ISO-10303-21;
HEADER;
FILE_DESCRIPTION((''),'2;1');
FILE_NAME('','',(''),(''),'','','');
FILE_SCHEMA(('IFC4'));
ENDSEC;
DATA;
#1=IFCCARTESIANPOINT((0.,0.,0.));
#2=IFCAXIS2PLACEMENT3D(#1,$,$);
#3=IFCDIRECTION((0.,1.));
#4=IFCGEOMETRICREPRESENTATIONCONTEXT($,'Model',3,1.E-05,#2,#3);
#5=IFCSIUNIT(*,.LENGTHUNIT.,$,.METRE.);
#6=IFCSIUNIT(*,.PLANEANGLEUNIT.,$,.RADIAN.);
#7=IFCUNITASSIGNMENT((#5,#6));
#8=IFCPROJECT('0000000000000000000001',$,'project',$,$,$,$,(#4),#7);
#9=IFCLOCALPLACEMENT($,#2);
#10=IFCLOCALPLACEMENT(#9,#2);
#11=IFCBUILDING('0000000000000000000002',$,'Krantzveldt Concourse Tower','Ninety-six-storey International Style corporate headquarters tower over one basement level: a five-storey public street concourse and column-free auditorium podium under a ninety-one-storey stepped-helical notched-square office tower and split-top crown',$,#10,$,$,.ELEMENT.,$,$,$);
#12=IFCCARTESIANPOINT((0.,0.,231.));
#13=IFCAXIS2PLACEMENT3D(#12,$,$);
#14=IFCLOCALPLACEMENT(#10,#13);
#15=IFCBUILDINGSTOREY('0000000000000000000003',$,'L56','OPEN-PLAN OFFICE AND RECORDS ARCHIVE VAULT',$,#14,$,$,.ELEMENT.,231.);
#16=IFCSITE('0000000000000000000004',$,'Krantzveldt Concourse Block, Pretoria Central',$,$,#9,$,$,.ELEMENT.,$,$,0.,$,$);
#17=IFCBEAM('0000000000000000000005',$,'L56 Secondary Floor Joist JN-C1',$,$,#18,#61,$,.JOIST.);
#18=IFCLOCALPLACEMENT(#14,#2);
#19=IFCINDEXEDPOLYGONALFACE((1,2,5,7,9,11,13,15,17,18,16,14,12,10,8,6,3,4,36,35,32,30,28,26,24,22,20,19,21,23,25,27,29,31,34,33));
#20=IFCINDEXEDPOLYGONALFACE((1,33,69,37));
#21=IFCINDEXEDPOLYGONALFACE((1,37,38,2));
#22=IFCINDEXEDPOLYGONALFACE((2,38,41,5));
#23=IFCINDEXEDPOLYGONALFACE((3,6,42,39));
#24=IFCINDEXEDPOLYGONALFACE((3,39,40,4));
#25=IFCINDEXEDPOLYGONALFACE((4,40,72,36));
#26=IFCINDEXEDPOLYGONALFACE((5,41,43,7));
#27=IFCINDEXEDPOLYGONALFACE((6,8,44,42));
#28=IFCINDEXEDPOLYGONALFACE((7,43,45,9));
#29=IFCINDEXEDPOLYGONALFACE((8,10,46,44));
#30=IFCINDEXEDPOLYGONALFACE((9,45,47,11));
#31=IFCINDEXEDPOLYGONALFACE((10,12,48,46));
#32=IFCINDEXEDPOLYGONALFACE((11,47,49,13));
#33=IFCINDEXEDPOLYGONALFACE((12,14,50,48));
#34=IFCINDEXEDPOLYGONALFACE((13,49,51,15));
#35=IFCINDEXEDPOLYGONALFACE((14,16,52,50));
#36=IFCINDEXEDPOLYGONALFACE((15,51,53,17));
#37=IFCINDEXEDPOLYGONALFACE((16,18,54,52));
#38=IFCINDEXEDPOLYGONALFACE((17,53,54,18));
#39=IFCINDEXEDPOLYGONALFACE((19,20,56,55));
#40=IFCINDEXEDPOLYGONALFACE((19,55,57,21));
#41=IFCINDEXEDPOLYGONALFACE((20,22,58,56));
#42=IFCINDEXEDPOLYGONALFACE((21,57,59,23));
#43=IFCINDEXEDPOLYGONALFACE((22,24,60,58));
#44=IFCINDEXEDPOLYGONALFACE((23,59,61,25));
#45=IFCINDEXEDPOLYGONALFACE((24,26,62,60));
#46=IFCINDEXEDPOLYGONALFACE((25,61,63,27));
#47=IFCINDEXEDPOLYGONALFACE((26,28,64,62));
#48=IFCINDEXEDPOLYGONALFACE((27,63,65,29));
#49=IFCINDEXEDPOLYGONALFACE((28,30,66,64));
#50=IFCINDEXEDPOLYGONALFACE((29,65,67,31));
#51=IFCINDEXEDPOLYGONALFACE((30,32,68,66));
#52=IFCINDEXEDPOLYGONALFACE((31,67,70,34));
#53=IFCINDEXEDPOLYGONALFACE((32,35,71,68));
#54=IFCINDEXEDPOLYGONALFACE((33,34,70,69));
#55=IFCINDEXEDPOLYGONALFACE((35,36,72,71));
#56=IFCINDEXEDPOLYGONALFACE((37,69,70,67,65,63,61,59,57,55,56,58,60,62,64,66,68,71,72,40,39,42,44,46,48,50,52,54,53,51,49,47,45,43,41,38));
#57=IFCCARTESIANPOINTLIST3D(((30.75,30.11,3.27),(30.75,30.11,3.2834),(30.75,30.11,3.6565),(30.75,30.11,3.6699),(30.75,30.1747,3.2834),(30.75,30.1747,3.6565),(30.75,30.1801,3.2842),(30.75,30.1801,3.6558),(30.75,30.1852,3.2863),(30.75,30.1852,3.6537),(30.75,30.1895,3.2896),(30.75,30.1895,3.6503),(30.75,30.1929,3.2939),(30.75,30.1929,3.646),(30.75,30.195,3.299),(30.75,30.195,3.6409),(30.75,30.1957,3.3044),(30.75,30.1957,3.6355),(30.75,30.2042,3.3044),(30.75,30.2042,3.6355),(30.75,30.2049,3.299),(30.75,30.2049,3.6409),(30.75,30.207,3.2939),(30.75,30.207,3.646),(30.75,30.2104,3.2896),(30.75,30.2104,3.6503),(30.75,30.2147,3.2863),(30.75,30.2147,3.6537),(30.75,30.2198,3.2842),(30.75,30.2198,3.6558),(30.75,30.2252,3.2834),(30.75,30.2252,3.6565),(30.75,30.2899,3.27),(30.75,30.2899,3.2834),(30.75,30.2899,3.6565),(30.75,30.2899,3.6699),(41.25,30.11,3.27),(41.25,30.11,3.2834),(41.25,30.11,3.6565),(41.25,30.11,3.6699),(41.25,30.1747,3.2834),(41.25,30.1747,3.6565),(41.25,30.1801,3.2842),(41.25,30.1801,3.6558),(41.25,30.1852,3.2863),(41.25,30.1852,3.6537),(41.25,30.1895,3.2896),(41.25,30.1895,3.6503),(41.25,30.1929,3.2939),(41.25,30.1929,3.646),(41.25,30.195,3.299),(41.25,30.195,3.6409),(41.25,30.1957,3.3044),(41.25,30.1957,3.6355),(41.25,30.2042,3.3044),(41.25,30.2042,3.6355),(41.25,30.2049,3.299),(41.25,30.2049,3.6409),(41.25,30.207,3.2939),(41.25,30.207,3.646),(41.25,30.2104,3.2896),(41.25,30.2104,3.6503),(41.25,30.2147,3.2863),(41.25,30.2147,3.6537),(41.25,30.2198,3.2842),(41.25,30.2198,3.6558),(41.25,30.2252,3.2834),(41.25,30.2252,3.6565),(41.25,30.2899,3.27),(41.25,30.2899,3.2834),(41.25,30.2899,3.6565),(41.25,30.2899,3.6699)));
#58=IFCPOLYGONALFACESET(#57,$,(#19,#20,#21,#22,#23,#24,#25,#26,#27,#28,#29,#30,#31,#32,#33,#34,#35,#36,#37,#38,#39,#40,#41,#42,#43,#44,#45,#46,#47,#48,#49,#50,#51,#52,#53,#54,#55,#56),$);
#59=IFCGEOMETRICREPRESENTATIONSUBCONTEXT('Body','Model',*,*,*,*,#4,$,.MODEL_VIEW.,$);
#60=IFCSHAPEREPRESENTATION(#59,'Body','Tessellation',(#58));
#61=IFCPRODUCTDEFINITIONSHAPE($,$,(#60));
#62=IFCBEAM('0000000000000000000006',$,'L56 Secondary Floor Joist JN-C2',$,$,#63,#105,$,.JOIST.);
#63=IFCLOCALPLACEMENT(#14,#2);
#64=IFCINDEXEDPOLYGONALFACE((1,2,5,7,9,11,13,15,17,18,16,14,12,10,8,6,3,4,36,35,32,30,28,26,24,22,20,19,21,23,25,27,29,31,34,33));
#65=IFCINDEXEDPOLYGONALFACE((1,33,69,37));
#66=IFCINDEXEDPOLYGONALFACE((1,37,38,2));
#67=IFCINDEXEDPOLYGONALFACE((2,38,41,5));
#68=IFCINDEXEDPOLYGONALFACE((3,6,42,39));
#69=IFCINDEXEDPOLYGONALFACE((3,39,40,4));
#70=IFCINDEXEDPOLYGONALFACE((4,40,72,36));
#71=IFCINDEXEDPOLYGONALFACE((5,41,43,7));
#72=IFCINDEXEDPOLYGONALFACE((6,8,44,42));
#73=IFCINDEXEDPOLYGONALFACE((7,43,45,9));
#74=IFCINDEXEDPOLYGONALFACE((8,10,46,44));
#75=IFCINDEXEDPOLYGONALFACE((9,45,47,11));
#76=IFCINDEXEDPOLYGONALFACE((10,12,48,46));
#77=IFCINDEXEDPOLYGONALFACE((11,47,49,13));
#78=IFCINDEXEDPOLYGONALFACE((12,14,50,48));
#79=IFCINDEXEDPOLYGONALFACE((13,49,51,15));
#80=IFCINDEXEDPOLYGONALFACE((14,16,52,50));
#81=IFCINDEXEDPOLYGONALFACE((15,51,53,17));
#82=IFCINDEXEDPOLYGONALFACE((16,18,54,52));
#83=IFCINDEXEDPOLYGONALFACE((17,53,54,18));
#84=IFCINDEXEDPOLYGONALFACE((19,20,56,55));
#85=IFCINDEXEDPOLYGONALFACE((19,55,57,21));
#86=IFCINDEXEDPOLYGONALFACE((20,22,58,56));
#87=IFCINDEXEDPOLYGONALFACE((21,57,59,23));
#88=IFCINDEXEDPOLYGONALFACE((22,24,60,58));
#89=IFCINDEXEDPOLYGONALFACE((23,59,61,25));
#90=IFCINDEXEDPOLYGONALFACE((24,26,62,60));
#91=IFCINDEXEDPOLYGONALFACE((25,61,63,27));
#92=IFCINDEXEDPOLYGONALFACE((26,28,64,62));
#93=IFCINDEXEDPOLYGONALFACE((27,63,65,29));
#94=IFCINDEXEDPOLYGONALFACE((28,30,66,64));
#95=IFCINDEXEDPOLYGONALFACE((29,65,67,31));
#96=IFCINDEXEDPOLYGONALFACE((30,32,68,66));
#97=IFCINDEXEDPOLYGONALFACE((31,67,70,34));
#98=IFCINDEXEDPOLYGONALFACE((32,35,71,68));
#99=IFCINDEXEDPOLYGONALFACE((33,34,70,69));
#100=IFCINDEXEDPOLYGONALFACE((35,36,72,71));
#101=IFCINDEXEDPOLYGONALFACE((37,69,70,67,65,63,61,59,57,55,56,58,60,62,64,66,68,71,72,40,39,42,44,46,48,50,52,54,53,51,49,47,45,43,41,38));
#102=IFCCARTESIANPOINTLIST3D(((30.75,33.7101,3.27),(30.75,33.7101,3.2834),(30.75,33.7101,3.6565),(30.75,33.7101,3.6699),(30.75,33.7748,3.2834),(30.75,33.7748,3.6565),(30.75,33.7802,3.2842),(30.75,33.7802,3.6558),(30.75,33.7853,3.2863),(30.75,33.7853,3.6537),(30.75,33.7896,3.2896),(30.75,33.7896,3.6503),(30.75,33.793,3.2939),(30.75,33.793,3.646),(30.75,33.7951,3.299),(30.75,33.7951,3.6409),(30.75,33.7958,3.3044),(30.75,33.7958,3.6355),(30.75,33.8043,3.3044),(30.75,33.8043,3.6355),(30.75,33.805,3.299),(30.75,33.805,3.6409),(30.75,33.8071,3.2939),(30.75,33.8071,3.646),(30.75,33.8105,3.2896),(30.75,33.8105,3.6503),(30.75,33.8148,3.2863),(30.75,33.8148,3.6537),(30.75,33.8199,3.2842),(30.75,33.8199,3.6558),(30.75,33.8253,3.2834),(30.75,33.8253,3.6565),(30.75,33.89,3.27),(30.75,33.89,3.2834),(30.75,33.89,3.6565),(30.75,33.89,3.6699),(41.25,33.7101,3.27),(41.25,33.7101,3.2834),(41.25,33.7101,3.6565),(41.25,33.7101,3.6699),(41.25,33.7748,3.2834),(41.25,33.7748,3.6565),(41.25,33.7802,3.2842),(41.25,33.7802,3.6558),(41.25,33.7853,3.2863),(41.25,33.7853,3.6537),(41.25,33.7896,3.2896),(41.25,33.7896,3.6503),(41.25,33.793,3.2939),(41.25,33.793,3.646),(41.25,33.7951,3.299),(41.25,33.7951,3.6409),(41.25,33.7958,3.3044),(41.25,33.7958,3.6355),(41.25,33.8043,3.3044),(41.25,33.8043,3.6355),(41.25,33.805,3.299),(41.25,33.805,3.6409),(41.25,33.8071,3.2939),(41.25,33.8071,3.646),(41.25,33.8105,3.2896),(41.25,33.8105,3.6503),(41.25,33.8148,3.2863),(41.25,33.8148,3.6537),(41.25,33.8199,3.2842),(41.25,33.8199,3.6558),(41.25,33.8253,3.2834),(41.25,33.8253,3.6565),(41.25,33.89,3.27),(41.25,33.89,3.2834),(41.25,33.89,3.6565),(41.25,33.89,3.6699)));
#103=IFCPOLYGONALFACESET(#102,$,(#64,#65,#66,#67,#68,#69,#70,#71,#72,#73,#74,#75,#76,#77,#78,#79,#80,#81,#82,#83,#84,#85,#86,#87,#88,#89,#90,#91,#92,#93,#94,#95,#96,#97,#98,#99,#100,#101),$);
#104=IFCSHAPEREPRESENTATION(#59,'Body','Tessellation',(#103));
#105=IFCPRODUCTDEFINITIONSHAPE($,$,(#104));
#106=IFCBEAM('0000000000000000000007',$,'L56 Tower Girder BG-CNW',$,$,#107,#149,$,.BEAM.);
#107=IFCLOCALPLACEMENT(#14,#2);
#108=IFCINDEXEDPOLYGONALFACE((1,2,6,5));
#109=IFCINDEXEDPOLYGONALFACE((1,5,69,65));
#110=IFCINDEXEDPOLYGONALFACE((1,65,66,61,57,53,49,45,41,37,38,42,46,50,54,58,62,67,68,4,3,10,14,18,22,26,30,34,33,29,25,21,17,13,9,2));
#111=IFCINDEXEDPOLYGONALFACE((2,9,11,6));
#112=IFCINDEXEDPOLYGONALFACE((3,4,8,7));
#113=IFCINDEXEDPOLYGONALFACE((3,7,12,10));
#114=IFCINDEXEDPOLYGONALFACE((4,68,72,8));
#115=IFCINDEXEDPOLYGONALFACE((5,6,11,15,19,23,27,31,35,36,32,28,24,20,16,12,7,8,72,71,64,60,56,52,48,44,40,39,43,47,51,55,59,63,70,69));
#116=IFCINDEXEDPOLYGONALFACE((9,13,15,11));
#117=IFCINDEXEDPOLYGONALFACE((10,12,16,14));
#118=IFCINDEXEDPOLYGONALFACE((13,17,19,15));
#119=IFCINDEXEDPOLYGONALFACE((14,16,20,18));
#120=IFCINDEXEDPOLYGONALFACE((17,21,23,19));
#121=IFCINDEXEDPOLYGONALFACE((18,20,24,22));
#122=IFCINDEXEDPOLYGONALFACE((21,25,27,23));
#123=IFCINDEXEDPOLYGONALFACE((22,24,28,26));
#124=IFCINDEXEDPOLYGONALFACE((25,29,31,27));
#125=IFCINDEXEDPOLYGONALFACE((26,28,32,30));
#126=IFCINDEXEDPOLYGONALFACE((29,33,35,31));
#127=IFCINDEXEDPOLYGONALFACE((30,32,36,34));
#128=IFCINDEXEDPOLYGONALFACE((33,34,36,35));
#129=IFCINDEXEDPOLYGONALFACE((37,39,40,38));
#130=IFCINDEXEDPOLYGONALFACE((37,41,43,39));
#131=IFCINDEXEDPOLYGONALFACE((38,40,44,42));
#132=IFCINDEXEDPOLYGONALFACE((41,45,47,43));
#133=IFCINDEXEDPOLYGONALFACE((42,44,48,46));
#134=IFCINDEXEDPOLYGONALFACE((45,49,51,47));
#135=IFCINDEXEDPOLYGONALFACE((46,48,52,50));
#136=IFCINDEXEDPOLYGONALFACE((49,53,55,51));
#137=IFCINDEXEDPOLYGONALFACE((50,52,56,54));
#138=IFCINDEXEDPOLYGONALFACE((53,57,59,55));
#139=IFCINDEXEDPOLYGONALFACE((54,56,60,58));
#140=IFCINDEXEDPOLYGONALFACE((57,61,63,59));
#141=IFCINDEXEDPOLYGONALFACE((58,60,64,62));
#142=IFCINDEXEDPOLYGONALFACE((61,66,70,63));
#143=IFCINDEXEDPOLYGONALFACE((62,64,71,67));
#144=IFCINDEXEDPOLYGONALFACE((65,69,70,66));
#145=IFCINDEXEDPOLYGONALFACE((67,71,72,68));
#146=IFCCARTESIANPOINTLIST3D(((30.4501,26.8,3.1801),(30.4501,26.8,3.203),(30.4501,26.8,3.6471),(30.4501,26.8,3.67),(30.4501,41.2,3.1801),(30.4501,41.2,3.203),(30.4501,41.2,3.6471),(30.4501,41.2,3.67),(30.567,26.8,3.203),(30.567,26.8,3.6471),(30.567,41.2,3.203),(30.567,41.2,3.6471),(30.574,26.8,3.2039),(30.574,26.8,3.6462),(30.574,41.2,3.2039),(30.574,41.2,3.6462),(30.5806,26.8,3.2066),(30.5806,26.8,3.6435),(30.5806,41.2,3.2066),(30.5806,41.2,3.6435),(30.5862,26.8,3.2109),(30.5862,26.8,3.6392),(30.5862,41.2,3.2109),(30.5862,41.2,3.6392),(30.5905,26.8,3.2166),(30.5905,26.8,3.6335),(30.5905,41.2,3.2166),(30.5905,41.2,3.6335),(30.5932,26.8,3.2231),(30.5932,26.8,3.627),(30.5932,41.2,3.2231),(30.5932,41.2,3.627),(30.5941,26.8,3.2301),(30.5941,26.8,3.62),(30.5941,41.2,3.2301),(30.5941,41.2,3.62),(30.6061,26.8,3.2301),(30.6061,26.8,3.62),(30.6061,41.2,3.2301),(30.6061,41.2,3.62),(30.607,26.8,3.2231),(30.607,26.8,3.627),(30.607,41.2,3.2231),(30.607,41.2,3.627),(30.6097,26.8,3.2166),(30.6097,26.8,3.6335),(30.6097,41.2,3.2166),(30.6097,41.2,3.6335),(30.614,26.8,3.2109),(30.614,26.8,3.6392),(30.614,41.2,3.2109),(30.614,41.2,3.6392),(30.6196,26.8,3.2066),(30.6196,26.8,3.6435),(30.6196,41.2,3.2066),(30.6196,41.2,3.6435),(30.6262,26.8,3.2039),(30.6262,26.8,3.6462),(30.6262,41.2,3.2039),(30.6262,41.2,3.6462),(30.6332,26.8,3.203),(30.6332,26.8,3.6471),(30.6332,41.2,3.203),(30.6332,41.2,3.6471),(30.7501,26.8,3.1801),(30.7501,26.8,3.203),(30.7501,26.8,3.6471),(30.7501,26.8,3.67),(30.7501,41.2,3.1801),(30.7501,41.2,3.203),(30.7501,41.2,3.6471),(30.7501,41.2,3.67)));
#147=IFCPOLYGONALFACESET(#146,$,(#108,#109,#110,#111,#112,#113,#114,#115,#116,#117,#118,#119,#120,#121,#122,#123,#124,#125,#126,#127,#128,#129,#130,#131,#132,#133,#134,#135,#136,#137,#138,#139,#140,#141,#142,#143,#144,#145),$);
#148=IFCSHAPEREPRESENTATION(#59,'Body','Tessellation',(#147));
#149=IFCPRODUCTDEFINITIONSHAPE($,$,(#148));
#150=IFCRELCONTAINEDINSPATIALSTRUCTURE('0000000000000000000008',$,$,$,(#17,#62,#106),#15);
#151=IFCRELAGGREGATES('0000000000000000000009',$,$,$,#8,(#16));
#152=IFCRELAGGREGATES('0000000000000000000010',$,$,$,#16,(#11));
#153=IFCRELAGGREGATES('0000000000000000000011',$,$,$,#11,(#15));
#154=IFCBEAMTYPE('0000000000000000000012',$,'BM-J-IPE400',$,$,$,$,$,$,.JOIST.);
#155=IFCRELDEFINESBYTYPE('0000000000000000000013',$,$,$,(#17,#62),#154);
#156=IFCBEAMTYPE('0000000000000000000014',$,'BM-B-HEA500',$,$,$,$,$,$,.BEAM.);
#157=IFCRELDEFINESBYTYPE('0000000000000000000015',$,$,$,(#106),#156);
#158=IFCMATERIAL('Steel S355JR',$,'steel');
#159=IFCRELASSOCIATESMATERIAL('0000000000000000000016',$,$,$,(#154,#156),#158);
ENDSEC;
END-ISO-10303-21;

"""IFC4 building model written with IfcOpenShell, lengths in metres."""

from ifc_helpers import new_model, si_unit, direction, frame, origin, origin_2d, place, context, subcontext, project, spatial, i_section, extrude, source, transform, mapped, material, material_profile, profile_set, type_object, type_shapes, element, save


model = new_model("IFC4")

# Units and contexts
model_context = context("Model", 3, precision=1e-05, world=origin(), true_north=direction((0.0, 1.0)))
body_context = subcontext(model_context, "Body", "Model", "MODEL_VIEW")
ifc_project = project(units=[si_unit("LENGTHUNIT", "METRE"), si_unit("PLANEANGLEUNIT", "RADIAN")], contexts=[model_context])

# Site, building, storey
site_placement = place(None, origin())
site = spatial("IfcSite", under=ifc_project, at=site_placement, Name="Krantzveldt Concourse Block, Pretoria Central", CompositionType="ELEMENT", RefElevation=0.0)
building_placement = place(site_placement, origin())
building = spatial("IfcBuilding", under=site, at=building_placement, Name="Krantzveldt Concourse Tower", Description="Ninety-six-storey International Style corporate headquarters tower over one basement level: a five-storey public street concourse and column-free auditorium podium under a ninety-one-storey stepped-helical notched-square office tower and split-top crown", CompositionType="ELEMENT")
storey_placement = place(building_placement, frame((0.0, 0.0, 231.0)))
storey = spatial("IfcBuildingStorey", under=building, at=storey_placement, Name="L56", Description="OPEN-PLAN OFFICE AND RECORDS ARCHIVE VAULT", CompositionType="ELEMENT", Elevation=231.0)

# Beams
ifc_material_1 = material(Name="Steel S355JR", Category="steel")
ifc_material_profile_1 = material_profile(ifc_material_1, i_section(OverallWidth=0.1799, OverallDepth=0.3999, WebThickness=0.0085, FlangeThickness=0.0134, FilletRadius=0.021, at=origin_2d()), Name="Steel S355JR", Category="steel")
ifc_profile_set_1 = profile_set([ifc_material_profile_1], Name="Steel S355JR - IPE 400")
beam_type_1 = type_object("IfcBeamType", Name="BM-J-IPE400", PredefinedType="JOIST", material=ifc_profile_set_1)
shared_shape_1 = source(origin(), body_context, "Body", "SweptSolid", [
    extrude(i_section(OverallWidth=0.1799, OverallDepth=0.3999, WebThickness=0.0085, FlangeThickness=0.0134, FilletRadius=0.021, at=origin_2d()), origin(), (0.0, 0.0, 1.0), 10.5),
])
for number, where, z_axis, x_axis, name in (
    (1, (30.75, 30.2, 3.47), (1.0, 0.0, 0.0), (0.0, 1.0, 0.0), "L56 Secondary Floor Joist JN-C1"),
    (2, (30.75, 33.8, 3.47), (1.0, 0.0, 0.0), (0.0, 1.0, 0.0), "L56 Secondary Floor Joist JN-C2"),
):
    element("IfcBeam", number, at=place(storey_placement, frame(where, z_axis=z_axis, x_axis=x_axis)), inside=storey, type_object=beam_type_1, Name=name, PredefinedType="JOIST", context=body_context, shape_type="MappedRepresentation", body=[
        mapped(shared_shape_1, transform((0.0, 0.0, 0.0), x_axis=(1.0, 0.0, 0.0), y_axis=(0.0, 1.0, 0.0), z_axis=(0.0, 0.0, 1.0), scale=1.0)),
    ])
ifc_material_profile_2 = material_profile(ifc_material_1, i_section(OverallWidth=0.3, OverallDepth=0.49, WebThickness=0.012, FlangeThickness=0.0229, FilletRadius=0.0271, at=origin_2d()), Name="Steel S355JR", Category="steel")
ifc_profile_set_2 = profile_set([ifc_material_profile_2], Name="Steel S355JR - HEA 500")
beam_type_2 = type_object("IfcBeamType", Name="BM-B-HEA500", PredefinedType="BEAM", material=ifc_profile_set_2)
shared_shape_2 = source(origin(), body_context, "Body", "SweptSolid", [
    extrude(i_section(OverallWidth=0.3, OverallDepth=0.49, WebThickness=0.012, FlangeThickness=0.0229, FilletRadius=0.0271, at=origin_2d()), origin(), (0.0, 0.0, 1.0), 14.3999),
])
type_shapes(beam_type_2, [shared_shape_2])
beam_1_placement = place(storey_placement, frame((30.6001, 26.8, 3.425), z_axis=(0.0, 1.0, 0.0), x_axis=(-1.0, 0.0, 0.0)))
element("IfcBeam", 3, at=beam_1_placement, inside=storey, type_object=beam_type_2, Name="L56 Tower Girder BG-CNW", PredefinedType="BEAM", context=body_context, shape_type="MappedRepresentation", body=[
    mapped(shared_shape_2, transform((0.0, 0.0, 0.0), x_axis=(1.0, 0.0, 0.0), y_axis=(0.0, 1.0, 0.0), z_axis=(0.0, 0.0, 1.0), scale=1.0)),
])

save(model, "model.ifc")
